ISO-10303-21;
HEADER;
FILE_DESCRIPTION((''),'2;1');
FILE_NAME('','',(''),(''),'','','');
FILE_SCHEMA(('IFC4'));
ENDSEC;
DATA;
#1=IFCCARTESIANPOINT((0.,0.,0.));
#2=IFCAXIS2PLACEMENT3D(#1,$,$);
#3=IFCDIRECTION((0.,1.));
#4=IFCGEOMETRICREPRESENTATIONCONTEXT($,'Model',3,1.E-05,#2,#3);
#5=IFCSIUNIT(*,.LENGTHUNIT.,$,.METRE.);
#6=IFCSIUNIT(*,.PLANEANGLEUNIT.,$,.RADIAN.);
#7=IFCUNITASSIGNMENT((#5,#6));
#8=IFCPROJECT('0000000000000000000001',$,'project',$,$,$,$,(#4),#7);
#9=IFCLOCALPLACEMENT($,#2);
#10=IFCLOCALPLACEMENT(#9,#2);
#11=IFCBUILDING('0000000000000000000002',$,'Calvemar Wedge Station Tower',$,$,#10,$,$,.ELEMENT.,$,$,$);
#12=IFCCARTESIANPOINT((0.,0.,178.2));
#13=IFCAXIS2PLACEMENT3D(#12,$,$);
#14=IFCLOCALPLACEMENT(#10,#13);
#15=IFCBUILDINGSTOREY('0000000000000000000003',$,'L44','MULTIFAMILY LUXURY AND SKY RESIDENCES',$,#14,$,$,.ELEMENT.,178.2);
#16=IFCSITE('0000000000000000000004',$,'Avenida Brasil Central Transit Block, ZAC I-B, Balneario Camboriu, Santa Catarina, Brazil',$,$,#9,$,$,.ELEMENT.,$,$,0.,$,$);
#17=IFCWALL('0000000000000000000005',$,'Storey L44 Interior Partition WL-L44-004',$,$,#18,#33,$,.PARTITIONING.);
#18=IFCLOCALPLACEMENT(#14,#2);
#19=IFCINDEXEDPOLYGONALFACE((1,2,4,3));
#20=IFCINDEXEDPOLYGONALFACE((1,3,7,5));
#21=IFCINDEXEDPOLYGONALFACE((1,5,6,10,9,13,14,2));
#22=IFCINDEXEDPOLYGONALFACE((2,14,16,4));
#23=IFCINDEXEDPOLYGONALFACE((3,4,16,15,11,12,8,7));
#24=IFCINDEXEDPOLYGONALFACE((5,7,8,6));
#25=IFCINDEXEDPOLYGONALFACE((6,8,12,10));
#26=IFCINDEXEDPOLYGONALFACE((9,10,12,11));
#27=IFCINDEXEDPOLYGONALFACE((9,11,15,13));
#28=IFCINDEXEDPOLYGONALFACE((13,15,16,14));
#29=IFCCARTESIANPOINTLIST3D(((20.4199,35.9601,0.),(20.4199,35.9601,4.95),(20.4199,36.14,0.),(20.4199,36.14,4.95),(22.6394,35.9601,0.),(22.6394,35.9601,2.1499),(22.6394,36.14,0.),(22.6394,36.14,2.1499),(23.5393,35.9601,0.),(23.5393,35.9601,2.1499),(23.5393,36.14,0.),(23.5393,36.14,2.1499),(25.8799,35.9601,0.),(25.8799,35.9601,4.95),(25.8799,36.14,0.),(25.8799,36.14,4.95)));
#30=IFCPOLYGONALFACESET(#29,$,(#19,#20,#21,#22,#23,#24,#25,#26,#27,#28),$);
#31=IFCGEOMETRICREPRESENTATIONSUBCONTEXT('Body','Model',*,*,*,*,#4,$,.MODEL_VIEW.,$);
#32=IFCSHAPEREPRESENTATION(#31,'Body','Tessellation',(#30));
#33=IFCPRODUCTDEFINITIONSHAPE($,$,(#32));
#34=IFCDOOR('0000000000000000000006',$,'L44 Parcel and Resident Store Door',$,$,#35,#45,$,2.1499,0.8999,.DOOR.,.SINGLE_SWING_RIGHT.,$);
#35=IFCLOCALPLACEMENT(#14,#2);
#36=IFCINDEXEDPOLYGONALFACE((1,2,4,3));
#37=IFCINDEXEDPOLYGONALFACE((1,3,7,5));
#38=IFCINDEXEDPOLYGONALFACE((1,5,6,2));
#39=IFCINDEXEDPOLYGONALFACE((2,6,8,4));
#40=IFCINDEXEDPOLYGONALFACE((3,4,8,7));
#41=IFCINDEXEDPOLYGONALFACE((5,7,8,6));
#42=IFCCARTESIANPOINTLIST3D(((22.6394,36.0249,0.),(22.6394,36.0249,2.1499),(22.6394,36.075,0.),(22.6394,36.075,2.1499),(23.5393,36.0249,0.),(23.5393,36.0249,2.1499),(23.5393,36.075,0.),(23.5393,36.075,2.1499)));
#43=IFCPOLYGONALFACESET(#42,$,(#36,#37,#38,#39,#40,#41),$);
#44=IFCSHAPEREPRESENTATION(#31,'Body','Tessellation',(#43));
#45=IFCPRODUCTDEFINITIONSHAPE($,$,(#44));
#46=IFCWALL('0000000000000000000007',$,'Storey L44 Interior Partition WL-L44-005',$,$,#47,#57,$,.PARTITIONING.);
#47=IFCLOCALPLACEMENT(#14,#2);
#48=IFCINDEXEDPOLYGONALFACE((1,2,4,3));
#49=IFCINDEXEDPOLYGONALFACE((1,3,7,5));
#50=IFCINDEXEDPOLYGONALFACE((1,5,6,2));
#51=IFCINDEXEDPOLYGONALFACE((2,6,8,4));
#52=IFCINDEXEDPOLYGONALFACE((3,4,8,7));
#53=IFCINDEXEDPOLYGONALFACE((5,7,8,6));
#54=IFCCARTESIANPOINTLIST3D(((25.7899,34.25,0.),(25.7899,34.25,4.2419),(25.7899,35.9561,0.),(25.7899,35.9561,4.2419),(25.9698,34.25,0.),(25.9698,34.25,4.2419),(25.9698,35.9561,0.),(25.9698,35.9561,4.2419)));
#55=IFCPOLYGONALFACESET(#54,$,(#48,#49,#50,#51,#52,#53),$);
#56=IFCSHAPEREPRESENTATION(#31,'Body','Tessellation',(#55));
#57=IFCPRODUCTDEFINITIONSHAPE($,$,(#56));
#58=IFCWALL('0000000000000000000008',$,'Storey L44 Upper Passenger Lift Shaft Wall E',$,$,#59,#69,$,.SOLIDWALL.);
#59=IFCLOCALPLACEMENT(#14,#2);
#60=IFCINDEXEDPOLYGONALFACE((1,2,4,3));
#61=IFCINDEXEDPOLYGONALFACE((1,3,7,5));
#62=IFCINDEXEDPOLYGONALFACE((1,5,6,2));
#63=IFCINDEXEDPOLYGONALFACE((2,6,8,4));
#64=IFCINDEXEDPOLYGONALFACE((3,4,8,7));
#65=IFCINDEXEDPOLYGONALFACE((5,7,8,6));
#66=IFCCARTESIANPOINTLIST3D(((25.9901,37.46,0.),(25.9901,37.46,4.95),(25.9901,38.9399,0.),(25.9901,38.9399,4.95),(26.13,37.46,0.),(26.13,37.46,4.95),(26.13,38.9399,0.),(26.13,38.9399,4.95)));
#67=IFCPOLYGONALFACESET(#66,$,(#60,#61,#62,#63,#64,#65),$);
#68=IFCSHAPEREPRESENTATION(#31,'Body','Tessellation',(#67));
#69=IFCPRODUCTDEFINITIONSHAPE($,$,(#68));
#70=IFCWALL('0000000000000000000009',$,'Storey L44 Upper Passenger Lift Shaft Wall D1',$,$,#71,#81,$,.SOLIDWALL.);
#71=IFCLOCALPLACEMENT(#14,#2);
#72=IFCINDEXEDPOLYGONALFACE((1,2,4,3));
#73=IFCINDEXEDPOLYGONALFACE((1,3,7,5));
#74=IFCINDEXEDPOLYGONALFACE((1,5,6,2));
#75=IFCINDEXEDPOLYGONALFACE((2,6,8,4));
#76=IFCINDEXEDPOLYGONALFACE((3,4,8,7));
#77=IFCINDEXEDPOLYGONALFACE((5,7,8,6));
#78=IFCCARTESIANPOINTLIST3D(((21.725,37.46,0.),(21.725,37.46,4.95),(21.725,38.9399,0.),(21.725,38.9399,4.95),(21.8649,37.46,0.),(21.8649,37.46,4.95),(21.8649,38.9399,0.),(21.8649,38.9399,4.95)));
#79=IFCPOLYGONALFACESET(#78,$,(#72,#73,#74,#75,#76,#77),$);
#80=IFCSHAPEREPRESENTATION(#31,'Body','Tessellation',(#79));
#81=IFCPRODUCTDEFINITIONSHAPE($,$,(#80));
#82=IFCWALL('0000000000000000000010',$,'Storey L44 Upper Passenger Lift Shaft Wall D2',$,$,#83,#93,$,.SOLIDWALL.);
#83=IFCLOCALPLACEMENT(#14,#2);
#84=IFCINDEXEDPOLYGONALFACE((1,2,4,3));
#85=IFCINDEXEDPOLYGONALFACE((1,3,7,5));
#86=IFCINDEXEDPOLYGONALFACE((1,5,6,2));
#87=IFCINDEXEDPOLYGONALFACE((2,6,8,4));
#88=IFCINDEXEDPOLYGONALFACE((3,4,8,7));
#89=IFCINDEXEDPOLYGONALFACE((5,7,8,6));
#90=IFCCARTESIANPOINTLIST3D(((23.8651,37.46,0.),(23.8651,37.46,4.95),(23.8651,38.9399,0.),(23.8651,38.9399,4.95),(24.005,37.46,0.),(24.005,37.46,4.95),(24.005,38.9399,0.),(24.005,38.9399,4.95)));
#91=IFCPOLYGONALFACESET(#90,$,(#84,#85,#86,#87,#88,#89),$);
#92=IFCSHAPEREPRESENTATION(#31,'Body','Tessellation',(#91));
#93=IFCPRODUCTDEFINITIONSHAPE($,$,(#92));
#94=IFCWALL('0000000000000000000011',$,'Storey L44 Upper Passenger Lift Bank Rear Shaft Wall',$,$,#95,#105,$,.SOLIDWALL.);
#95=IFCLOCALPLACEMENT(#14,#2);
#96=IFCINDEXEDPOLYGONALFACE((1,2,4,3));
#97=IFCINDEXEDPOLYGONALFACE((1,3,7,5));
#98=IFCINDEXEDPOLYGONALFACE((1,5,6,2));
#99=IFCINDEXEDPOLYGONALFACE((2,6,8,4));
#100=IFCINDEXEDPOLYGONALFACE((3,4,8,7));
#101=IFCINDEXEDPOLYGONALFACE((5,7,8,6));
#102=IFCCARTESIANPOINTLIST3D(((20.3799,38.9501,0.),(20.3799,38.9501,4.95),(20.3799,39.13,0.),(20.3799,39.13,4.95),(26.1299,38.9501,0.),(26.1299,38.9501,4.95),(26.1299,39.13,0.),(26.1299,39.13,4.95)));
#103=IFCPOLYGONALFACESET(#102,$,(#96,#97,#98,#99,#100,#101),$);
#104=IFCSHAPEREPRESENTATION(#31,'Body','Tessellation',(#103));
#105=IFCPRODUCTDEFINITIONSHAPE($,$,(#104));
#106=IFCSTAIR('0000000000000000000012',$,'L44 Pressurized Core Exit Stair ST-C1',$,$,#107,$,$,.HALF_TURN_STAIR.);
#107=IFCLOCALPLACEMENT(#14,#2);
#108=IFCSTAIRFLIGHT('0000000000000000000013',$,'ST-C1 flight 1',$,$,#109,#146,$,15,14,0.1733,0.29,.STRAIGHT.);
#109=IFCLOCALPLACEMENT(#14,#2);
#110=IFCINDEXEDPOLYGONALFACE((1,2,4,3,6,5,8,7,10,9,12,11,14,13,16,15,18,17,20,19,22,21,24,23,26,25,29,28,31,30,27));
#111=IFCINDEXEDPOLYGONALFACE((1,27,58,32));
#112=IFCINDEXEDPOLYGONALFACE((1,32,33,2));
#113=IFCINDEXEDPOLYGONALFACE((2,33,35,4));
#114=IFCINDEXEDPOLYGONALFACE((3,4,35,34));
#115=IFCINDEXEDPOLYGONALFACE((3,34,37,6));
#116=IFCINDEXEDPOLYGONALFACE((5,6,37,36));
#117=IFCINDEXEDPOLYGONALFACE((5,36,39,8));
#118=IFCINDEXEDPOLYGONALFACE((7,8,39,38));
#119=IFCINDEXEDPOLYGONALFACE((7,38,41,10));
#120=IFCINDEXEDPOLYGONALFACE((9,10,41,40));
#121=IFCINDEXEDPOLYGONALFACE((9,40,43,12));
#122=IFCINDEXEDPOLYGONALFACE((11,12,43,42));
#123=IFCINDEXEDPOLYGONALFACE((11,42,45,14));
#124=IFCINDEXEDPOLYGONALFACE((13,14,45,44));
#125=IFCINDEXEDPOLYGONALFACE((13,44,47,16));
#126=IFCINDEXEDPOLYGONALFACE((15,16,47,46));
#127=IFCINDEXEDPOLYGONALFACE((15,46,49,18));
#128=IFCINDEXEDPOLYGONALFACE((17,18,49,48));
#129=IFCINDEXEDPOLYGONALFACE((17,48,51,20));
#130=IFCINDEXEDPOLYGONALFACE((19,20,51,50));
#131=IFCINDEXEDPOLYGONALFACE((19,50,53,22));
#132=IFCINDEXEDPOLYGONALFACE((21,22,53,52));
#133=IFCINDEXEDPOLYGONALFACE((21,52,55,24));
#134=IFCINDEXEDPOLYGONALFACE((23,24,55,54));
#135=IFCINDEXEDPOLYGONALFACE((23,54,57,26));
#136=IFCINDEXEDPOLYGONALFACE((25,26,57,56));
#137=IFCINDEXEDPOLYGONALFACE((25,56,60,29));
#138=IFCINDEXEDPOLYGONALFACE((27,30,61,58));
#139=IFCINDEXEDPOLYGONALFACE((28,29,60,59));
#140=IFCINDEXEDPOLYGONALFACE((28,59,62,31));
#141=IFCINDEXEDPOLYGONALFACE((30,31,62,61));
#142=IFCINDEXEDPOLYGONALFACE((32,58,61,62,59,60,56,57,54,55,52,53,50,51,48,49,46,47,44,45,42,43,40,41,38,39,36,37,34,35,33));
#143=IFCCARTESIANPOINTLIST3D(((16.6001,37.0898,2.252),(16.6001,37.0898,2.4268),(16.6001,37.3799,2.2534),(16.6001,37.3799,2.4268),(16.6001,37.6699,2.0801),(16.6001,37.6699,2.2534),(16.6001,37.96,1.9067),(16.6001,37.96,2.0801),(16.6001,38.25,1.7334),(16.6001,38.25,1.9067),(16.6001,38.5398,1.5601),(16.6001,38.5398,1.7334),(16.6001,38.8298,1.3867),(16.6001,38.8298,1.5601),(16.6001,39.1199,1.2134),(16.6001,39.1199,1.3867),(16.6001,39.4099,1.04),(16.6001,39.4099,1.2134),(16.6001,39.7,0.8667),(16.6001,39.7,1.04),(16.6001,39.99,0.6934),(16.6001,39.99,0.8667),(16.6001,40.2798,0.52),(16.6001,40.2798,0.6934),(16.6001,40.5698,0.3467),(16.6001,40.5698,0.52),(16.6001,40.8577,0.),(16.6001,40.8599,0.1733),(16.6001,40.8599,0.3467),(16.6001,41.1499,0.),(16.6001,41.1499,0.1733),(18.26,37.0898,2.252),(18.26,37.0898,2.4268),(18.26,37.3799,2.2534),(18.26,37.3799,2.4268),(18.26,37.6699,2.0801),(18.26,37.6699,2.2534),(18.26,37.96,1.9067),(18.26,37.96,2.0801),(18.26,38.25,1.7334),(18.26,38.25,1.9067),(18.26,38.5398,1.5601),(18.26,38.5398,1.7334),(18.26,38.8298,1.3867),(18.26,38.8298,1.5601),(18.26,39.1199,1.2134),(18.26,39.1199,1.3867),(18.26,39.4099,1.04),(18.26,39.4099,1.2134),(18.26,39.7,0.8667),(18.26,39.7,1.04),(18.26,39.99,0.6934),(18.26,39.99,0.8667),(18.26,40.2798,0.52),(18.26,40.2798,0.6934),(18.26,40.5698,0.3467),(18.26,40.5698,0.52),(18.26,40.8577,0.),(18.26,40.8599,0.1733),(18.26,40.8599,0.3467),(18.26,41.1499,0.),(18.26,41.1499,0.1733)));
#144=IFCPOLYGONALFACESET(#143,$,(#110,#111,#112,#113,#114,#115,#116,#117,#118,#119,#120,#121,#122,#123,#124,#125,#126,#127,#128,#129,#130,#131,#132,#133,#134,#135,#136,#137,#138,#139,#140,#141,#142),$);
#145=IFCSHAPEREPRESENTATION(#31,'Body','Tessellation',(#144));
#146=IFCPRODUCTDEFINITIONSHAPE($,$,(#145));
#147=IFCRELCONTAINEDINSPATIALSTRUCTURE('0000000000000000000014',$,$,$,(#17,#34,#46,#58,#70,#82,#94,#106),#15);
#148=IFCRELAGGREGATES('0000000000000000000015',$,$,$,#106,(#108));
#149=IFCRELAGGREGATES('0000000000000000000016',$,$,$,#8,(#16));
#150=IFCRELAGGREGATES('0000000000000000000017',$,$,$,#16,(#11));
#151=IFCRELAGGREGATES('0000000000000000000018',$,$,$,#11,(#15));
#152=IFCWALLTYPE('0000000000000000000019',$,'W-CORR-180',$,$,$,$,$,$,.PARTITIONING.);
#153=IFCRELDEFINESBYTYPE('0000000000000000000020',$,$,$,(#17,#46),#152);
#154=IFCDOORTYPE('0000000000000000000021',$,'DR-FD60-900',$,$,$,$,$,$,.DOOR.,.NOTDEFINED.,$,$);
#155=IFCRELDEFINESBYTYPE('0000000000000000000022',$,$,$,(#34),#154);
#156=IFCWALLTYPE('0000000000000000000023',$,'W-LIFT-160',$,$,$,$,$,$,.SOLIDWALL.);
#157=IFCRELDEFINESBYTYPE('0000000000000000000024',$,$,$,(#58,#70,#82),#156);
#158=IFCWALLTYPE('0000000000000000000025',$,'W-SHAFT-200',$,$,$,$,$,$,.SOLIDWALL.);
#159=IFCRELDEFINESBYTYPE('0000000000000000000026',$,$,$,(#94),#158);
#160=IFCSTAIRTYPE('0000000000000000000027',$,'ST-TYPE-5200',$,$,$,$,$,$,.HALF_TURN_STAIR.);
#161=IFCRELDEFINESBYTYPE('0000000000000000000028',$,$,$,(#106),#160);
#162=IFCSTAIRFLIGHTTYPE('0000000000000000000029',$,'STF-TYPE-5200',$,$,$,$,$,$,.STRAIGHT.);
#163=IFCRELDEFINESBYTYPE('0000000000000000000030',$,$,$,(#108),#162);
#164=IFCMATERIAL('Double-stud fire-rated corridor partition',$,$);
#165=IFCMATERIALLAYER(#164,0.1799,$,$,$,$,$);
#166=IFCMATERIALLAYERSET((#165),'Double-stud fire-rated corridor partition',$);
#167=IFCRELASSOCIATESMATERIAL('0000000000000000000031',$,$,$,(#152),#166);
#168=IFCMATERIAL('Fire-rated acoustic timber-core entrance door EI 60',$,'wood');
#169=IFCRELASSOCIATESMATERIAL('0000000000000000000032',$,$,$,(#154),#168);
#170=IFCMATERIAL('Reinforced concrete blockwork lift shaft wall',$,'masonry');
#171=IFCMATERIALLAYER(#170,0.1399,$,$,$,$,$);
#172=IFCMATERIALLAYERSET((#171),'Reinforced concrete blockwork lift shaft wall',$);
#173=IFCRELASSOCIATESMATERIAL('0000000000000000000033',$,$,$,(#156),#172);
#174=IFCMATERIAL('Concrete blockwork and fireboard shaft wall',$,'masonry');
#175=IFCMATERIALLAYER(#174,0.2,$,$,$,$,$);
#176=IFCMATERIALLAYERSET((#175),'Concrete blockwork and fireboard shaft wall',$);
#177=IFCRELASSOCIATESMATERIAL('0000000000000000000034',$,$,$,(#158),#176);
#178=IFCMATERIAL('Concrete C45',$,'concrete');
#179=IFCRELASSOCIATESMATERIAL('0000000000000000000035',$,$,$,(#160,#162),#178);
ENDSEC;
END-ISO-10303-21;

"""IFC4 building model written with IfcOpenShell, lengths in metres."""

from ifc_helpers import new_model, si_unit, direction, frame, frame_2d, origin, place, context, subcontext, project, spatial, polyline, rectangle, outline, extrude, source, transform, mapped, material, layer, layer_set, type_object, element, fill, aggregate, save


model = new_model("IFC4")

# Units and contexts
model_context = context("Model", 3, precision=1e-05, world=origin(), true_north=direction((0.0, 1.0)))
body_context = subcontext(model_context, "Body", "Model", "MODEL_VIEW")
ifc_project = project(units=[si_unit("LENGTHUNIT", "METRE"), si_unit("PLANEANGLEUNIT", "RADIAN")], contexts=[model_context])

# Site, building, storey
site_placement = place(None, origin())
site = spatial("IfcSite", under=ifc_project, at=site_placement, Name="Avenida Brasil Central Transit Block, ZAC I-B, Balneario Camboriu, Santa Catarina, Brazil", CompositionType="ELEMENT", RefElevation=0.0)
building_placement = place(site_placement, origin())
building = spatial("IfcBuilding", under=site, at=building_placement, Name="Calvemar Wedge Station Tower", CompositionType="ELEMENT")
storey_placement = place(building_placement, frame((0.0, 0.0, 178.2)))
storey = spatial("IfcBuildingStorey", under=building, at=storey_placement, Name="L44", Description="MULTIFAMILY LUXURY AND SKY RESIDENCES", CompositionType="ELEMENT", Elevation=178.2)

# Wall, opening, door
ifc_material_1 = material(Name="Double-stud fire-rated corridor partition")
ifc_layer_1 = layer(ifc_material_1, 0.1799)
ifc_layer_set_1 = layer_set([ifc_layer_1], Name="Double-stud fire-rated corridor partition")
wall_type_1 = type_object("IfcWallType", Name="W-CORR-180", PredefinedType="PARTITIONING", material=ifc_layer_set_1)
shared_shape_1 = source(origin(), body_context, "Body", "SweptSolid", [
    extrude(rectangle(XDim=0.8999, YDim=2.1499, at=frame_2d((0.45, 1.075))), frame((0.0, 0.1001, 0.0), z_axis=(0.0, -1.0, 0.0), x_axis=(1.0, 0.0, 0.0)), (0.0, 0.0, 1.0), 0.2),
])
ifc_material_2 = material(Name="Fire-rated acoustic timber-core entrance door EI 60", Category="wood")
door_type_1 = type_object("IfcDoorType", Name="DR-FD60-900", OperationType="NOTDEFINED", PredefinedType="DOOR", material=ifc_material_2)
shared_shape_2 = source(origin(), body_context, "Body", "SweptSolid", [
    extrude(rectangle(XDim=0.8999, YDim=2.1499, at=frame_2d((0.45, 1.075))), frame((0.0, 0.0249, 0.0), z_axis=(0.0, -1.0, 0.0), x_axis=(1.0, 0.0, 0.0)), (0.0, 0.0, 1.0), 0.05),
])
wall_1_placement = place(storey_placement, frame((20.4199, 36.05, 0.0), z_axis=(0.0, 0.0, 1.0), x_axis=(1.0, 0.0, 0.0)))
wall_1 = element("IfcWall", 1, at=wall_1_placement, inside=storey, type_object=wall_type_1, Name="Storey L44 Interior Partition WL-L44-004", PredefinedType="PARTITIONING", context=body_context, shape_type="SweptSolid", body=[
    extrude(rectangle(XDim=5.46, YDim=0.1799, at=frame_2d((2.73, 0.0))), origin(), (0.0, 0.0, 1.0), 4.95),
])
opening_1_placement = place(wall_1_placement, frame((2.2195, 0.0, 0.0)))
opening_1 = element("IfcOpeningElement", 2, at=opening_1_placement, cuts=wall_1, PredefinedType="OPENING", context=body_context, shape_type="MappedRepresentation", body=[
    mapped(shared_shape_1, transform((0.0, 0.0, 0.0), scale=1.0)),
])
door_1_placement = place(opening_1_placement, origin())
door_1 = element("IfcDoor", 3, at=door_1_placement, inside=storey, type_object=door_type_1, Name="L44 Parcel and Resident Store Door", OperationType="SINGLE_SWING_RIGHT", OverallHeight=2.1499, OverallWidth=0.8999, PredefinedType="DOOR", context=body_context, shape_type="MappedRepresentation", body=[
    mapped(shared_shape_2, transform((0.0, 0.0, 0.0), scale=1.0)),
])
fill(opening_1, door_1)

# Wall
wall_2_placement = place(storey_placement, frame((25.8799, 35.9561, 0.0), z_axis=(0.0, 0.0, 1.0), x_axis=(0.0, -1.0, 0.0)))
element("IfcWall", 4, at=wall_2_placement, inside=storey, type_object=wall_type_1, Name="Storey L44 Interior Partition WL-L44-005", PredefinedType="PARTITIONING", context=body_context, shape_type="SweptSolid", body=[
    extrude(rectangle(XDim=1.7061, YDim=0.1799, at=frame_2d((0.853, 0.0))), origin(), (0.0, 0.0, 1.0), 4.2419),
])

# Shared definitions
ifc_material_3 = material(Name="Reinforced concrete blockwork lift shaft wall", Category="masonry")
ifc_layer_2 = layer(ifc_material_3, 0.1399)
ifc_layer_set_2 = layer_set([ifc_layer_2], Name="Reinforced concrete blockwork lift shaft wall")
wall_type_2 = type_object("IfcWallType", Name="W-LIFT-160", PredefinedType="SOLIDWALL", material=ifc_layer_set_2)

# Walls
for number, where, z_axis, x_axis, name in (
    (5, (26.0601, 37.46, 0.0), (0.0, 0.0, 1.0), (0.0, 1.0, 0.0), "Storey L44 Upper Passenger Lift Shaft Wall E"),
    (6, (21.7949, 37.46, 0.0), (0.0, 0.0, 1.0), (0.0, 1.0, 0.0), "Storey L44 Upper Passenger Lift Shaft Wall D1"),
    (7, (23.9351, 37.46, 0.0), (0.0, 0.0, 1.0), (0.0, 1.0, 0.0), "Storey L44 Upper Passenger Lift Shaft Wall D2"),
):
    element("IfcWall", number, at=place(storey_placement, frame(where, z_axis=z_axis, x_axis=x_axis)), inside=storey, type_object=wall_type_2, Name=name, PredefinedType="SOLIDWALL", context=body_context, shape_type="SweptSolid", body=[
        extrude(rectangle(XDim=1.48, YDim=0.1399, at=frame_2d((0.74, 0.0))), origin(), (0.0, 0.0, 1.0), 4.95),
    ])
ifc_material_4 = material(Name="Concrete blockwork and fireboard shaft wall", Category="masonry")
ifc_layer_3 = layer(ifc_material_4, 0.2)
ifc_layer_set_3 = layer_set([ifc_layer_3], Name="Concrete blockwork and fireboard shaft wall")
wall_type_3 = type_object("IfcWallType", Name="W-SHAFT-200", PredefinedType="SOLIDWALL", material=ifc_layer_set_3)
wall_3_placement = place(storey_placement, frame((20.3799, 39.04, 0.0), z_axis=(0.0, 0.0, 1.0), x_axis=(1.0, 0.0, 0.0)))
element("IfcWall", 8, at=wall_3_placement, inside=storey, type_object=wall_type_3, Name="Storey L44 Upper Passenger Lift Bank Rear Shaft Wall", PredefinedType="SOLIDWALL", context=body_context, shape_type="SweptSolid", body=[
    extrude(rectangle(XDim=5.75, YDim=0.1799, at=frame_2d((2.875, 0.0))), origin(), (0.0, 0.0, 1.0), 4.95),
])

# Stair, stair flight
ifc_material_5 = material(Name="Concrete C45", Category="concrete")
stair_type = type_object("IfcStairType", Name="ST-TYPE-5200", PredefinedType="HALF_TURN_STAIR", material=ifc_material_5)
stair_placement = place(storey_placement, origin())
stair = element("IfcStair", 9, at=stair_placement, inside=storey, type_object=stair_type, Name="L44 Pressurized Core Exit Stair ST-C1", PredefinedType="HALF_TURN_STAIR")
stair_flight_type = type_object("IfcStairFlightType", Name="STF-TYPE-5200", PredefinedType="STRAIGHT", material=ifc_material_5)
stair_flight_1_placement = place(storey_placement, frame((17.4299, 41.1499, 0.0), z_axis=(0.0, 0.0, 1.0), x_axis=(0.0, -1.0, 0.0)))
stair_flight_1 = element("IfcStairFlight", 10, at=stair_flight_1_placement, type_object=stair_flight_type, Name="ST-C1 flight 1", NumberOfRisers=15, NumberOfTreads=14, PredefinedType="STRAIGHT", RiserHeight=0.1733, TreadLength=0.29, context=body_context, shape_type="SweptSolid", body=[
    extrude(outline(polyline([(0.0, 0.0), (0.0, 0.1733), (0.29, 0.1733), (0.29, 0.3467), (0.5801, 0.3467), (0.5801, 0.52), (0.8701, 0.52), (0.8701, 0.6934), (1.1599, 0.6934), (1.1599, 0.8667), (1.45, 0.8667), (1.45, 1.04), (1.74, 1.04), (1.74, 1.2134), (2.03, 1.2134), (2.03, 1.3867), (2.3201, 1.3867), (2.3201, 1.5601), (2.6101, 1.5601), (2.6101, 1.7334), (2.8999, 1.7334), (2.8999, 1.9067), (3.1899, 1.9067), (3.1899, 2.0801), (3.48, 2.0801), (3.48, 2.2534), (3.77, 2.2534), (3.77, 2.4268), (4.0601, 2.4268), (4.0601, 2.6001), (4.0601, 2.252), (0.2922, 0.0), (0.0, 0.0)])), frame((0.0, 0.8301, 0.0), z_axis=(0.0, -1.0, 0.0), x_axis=(1.0, 0.0, 0.0)), (0.0, 0.0, 1.0), 1.6599),
])
aggregate(stair, [stair_flight_1])

save(model, "model.ifc")
